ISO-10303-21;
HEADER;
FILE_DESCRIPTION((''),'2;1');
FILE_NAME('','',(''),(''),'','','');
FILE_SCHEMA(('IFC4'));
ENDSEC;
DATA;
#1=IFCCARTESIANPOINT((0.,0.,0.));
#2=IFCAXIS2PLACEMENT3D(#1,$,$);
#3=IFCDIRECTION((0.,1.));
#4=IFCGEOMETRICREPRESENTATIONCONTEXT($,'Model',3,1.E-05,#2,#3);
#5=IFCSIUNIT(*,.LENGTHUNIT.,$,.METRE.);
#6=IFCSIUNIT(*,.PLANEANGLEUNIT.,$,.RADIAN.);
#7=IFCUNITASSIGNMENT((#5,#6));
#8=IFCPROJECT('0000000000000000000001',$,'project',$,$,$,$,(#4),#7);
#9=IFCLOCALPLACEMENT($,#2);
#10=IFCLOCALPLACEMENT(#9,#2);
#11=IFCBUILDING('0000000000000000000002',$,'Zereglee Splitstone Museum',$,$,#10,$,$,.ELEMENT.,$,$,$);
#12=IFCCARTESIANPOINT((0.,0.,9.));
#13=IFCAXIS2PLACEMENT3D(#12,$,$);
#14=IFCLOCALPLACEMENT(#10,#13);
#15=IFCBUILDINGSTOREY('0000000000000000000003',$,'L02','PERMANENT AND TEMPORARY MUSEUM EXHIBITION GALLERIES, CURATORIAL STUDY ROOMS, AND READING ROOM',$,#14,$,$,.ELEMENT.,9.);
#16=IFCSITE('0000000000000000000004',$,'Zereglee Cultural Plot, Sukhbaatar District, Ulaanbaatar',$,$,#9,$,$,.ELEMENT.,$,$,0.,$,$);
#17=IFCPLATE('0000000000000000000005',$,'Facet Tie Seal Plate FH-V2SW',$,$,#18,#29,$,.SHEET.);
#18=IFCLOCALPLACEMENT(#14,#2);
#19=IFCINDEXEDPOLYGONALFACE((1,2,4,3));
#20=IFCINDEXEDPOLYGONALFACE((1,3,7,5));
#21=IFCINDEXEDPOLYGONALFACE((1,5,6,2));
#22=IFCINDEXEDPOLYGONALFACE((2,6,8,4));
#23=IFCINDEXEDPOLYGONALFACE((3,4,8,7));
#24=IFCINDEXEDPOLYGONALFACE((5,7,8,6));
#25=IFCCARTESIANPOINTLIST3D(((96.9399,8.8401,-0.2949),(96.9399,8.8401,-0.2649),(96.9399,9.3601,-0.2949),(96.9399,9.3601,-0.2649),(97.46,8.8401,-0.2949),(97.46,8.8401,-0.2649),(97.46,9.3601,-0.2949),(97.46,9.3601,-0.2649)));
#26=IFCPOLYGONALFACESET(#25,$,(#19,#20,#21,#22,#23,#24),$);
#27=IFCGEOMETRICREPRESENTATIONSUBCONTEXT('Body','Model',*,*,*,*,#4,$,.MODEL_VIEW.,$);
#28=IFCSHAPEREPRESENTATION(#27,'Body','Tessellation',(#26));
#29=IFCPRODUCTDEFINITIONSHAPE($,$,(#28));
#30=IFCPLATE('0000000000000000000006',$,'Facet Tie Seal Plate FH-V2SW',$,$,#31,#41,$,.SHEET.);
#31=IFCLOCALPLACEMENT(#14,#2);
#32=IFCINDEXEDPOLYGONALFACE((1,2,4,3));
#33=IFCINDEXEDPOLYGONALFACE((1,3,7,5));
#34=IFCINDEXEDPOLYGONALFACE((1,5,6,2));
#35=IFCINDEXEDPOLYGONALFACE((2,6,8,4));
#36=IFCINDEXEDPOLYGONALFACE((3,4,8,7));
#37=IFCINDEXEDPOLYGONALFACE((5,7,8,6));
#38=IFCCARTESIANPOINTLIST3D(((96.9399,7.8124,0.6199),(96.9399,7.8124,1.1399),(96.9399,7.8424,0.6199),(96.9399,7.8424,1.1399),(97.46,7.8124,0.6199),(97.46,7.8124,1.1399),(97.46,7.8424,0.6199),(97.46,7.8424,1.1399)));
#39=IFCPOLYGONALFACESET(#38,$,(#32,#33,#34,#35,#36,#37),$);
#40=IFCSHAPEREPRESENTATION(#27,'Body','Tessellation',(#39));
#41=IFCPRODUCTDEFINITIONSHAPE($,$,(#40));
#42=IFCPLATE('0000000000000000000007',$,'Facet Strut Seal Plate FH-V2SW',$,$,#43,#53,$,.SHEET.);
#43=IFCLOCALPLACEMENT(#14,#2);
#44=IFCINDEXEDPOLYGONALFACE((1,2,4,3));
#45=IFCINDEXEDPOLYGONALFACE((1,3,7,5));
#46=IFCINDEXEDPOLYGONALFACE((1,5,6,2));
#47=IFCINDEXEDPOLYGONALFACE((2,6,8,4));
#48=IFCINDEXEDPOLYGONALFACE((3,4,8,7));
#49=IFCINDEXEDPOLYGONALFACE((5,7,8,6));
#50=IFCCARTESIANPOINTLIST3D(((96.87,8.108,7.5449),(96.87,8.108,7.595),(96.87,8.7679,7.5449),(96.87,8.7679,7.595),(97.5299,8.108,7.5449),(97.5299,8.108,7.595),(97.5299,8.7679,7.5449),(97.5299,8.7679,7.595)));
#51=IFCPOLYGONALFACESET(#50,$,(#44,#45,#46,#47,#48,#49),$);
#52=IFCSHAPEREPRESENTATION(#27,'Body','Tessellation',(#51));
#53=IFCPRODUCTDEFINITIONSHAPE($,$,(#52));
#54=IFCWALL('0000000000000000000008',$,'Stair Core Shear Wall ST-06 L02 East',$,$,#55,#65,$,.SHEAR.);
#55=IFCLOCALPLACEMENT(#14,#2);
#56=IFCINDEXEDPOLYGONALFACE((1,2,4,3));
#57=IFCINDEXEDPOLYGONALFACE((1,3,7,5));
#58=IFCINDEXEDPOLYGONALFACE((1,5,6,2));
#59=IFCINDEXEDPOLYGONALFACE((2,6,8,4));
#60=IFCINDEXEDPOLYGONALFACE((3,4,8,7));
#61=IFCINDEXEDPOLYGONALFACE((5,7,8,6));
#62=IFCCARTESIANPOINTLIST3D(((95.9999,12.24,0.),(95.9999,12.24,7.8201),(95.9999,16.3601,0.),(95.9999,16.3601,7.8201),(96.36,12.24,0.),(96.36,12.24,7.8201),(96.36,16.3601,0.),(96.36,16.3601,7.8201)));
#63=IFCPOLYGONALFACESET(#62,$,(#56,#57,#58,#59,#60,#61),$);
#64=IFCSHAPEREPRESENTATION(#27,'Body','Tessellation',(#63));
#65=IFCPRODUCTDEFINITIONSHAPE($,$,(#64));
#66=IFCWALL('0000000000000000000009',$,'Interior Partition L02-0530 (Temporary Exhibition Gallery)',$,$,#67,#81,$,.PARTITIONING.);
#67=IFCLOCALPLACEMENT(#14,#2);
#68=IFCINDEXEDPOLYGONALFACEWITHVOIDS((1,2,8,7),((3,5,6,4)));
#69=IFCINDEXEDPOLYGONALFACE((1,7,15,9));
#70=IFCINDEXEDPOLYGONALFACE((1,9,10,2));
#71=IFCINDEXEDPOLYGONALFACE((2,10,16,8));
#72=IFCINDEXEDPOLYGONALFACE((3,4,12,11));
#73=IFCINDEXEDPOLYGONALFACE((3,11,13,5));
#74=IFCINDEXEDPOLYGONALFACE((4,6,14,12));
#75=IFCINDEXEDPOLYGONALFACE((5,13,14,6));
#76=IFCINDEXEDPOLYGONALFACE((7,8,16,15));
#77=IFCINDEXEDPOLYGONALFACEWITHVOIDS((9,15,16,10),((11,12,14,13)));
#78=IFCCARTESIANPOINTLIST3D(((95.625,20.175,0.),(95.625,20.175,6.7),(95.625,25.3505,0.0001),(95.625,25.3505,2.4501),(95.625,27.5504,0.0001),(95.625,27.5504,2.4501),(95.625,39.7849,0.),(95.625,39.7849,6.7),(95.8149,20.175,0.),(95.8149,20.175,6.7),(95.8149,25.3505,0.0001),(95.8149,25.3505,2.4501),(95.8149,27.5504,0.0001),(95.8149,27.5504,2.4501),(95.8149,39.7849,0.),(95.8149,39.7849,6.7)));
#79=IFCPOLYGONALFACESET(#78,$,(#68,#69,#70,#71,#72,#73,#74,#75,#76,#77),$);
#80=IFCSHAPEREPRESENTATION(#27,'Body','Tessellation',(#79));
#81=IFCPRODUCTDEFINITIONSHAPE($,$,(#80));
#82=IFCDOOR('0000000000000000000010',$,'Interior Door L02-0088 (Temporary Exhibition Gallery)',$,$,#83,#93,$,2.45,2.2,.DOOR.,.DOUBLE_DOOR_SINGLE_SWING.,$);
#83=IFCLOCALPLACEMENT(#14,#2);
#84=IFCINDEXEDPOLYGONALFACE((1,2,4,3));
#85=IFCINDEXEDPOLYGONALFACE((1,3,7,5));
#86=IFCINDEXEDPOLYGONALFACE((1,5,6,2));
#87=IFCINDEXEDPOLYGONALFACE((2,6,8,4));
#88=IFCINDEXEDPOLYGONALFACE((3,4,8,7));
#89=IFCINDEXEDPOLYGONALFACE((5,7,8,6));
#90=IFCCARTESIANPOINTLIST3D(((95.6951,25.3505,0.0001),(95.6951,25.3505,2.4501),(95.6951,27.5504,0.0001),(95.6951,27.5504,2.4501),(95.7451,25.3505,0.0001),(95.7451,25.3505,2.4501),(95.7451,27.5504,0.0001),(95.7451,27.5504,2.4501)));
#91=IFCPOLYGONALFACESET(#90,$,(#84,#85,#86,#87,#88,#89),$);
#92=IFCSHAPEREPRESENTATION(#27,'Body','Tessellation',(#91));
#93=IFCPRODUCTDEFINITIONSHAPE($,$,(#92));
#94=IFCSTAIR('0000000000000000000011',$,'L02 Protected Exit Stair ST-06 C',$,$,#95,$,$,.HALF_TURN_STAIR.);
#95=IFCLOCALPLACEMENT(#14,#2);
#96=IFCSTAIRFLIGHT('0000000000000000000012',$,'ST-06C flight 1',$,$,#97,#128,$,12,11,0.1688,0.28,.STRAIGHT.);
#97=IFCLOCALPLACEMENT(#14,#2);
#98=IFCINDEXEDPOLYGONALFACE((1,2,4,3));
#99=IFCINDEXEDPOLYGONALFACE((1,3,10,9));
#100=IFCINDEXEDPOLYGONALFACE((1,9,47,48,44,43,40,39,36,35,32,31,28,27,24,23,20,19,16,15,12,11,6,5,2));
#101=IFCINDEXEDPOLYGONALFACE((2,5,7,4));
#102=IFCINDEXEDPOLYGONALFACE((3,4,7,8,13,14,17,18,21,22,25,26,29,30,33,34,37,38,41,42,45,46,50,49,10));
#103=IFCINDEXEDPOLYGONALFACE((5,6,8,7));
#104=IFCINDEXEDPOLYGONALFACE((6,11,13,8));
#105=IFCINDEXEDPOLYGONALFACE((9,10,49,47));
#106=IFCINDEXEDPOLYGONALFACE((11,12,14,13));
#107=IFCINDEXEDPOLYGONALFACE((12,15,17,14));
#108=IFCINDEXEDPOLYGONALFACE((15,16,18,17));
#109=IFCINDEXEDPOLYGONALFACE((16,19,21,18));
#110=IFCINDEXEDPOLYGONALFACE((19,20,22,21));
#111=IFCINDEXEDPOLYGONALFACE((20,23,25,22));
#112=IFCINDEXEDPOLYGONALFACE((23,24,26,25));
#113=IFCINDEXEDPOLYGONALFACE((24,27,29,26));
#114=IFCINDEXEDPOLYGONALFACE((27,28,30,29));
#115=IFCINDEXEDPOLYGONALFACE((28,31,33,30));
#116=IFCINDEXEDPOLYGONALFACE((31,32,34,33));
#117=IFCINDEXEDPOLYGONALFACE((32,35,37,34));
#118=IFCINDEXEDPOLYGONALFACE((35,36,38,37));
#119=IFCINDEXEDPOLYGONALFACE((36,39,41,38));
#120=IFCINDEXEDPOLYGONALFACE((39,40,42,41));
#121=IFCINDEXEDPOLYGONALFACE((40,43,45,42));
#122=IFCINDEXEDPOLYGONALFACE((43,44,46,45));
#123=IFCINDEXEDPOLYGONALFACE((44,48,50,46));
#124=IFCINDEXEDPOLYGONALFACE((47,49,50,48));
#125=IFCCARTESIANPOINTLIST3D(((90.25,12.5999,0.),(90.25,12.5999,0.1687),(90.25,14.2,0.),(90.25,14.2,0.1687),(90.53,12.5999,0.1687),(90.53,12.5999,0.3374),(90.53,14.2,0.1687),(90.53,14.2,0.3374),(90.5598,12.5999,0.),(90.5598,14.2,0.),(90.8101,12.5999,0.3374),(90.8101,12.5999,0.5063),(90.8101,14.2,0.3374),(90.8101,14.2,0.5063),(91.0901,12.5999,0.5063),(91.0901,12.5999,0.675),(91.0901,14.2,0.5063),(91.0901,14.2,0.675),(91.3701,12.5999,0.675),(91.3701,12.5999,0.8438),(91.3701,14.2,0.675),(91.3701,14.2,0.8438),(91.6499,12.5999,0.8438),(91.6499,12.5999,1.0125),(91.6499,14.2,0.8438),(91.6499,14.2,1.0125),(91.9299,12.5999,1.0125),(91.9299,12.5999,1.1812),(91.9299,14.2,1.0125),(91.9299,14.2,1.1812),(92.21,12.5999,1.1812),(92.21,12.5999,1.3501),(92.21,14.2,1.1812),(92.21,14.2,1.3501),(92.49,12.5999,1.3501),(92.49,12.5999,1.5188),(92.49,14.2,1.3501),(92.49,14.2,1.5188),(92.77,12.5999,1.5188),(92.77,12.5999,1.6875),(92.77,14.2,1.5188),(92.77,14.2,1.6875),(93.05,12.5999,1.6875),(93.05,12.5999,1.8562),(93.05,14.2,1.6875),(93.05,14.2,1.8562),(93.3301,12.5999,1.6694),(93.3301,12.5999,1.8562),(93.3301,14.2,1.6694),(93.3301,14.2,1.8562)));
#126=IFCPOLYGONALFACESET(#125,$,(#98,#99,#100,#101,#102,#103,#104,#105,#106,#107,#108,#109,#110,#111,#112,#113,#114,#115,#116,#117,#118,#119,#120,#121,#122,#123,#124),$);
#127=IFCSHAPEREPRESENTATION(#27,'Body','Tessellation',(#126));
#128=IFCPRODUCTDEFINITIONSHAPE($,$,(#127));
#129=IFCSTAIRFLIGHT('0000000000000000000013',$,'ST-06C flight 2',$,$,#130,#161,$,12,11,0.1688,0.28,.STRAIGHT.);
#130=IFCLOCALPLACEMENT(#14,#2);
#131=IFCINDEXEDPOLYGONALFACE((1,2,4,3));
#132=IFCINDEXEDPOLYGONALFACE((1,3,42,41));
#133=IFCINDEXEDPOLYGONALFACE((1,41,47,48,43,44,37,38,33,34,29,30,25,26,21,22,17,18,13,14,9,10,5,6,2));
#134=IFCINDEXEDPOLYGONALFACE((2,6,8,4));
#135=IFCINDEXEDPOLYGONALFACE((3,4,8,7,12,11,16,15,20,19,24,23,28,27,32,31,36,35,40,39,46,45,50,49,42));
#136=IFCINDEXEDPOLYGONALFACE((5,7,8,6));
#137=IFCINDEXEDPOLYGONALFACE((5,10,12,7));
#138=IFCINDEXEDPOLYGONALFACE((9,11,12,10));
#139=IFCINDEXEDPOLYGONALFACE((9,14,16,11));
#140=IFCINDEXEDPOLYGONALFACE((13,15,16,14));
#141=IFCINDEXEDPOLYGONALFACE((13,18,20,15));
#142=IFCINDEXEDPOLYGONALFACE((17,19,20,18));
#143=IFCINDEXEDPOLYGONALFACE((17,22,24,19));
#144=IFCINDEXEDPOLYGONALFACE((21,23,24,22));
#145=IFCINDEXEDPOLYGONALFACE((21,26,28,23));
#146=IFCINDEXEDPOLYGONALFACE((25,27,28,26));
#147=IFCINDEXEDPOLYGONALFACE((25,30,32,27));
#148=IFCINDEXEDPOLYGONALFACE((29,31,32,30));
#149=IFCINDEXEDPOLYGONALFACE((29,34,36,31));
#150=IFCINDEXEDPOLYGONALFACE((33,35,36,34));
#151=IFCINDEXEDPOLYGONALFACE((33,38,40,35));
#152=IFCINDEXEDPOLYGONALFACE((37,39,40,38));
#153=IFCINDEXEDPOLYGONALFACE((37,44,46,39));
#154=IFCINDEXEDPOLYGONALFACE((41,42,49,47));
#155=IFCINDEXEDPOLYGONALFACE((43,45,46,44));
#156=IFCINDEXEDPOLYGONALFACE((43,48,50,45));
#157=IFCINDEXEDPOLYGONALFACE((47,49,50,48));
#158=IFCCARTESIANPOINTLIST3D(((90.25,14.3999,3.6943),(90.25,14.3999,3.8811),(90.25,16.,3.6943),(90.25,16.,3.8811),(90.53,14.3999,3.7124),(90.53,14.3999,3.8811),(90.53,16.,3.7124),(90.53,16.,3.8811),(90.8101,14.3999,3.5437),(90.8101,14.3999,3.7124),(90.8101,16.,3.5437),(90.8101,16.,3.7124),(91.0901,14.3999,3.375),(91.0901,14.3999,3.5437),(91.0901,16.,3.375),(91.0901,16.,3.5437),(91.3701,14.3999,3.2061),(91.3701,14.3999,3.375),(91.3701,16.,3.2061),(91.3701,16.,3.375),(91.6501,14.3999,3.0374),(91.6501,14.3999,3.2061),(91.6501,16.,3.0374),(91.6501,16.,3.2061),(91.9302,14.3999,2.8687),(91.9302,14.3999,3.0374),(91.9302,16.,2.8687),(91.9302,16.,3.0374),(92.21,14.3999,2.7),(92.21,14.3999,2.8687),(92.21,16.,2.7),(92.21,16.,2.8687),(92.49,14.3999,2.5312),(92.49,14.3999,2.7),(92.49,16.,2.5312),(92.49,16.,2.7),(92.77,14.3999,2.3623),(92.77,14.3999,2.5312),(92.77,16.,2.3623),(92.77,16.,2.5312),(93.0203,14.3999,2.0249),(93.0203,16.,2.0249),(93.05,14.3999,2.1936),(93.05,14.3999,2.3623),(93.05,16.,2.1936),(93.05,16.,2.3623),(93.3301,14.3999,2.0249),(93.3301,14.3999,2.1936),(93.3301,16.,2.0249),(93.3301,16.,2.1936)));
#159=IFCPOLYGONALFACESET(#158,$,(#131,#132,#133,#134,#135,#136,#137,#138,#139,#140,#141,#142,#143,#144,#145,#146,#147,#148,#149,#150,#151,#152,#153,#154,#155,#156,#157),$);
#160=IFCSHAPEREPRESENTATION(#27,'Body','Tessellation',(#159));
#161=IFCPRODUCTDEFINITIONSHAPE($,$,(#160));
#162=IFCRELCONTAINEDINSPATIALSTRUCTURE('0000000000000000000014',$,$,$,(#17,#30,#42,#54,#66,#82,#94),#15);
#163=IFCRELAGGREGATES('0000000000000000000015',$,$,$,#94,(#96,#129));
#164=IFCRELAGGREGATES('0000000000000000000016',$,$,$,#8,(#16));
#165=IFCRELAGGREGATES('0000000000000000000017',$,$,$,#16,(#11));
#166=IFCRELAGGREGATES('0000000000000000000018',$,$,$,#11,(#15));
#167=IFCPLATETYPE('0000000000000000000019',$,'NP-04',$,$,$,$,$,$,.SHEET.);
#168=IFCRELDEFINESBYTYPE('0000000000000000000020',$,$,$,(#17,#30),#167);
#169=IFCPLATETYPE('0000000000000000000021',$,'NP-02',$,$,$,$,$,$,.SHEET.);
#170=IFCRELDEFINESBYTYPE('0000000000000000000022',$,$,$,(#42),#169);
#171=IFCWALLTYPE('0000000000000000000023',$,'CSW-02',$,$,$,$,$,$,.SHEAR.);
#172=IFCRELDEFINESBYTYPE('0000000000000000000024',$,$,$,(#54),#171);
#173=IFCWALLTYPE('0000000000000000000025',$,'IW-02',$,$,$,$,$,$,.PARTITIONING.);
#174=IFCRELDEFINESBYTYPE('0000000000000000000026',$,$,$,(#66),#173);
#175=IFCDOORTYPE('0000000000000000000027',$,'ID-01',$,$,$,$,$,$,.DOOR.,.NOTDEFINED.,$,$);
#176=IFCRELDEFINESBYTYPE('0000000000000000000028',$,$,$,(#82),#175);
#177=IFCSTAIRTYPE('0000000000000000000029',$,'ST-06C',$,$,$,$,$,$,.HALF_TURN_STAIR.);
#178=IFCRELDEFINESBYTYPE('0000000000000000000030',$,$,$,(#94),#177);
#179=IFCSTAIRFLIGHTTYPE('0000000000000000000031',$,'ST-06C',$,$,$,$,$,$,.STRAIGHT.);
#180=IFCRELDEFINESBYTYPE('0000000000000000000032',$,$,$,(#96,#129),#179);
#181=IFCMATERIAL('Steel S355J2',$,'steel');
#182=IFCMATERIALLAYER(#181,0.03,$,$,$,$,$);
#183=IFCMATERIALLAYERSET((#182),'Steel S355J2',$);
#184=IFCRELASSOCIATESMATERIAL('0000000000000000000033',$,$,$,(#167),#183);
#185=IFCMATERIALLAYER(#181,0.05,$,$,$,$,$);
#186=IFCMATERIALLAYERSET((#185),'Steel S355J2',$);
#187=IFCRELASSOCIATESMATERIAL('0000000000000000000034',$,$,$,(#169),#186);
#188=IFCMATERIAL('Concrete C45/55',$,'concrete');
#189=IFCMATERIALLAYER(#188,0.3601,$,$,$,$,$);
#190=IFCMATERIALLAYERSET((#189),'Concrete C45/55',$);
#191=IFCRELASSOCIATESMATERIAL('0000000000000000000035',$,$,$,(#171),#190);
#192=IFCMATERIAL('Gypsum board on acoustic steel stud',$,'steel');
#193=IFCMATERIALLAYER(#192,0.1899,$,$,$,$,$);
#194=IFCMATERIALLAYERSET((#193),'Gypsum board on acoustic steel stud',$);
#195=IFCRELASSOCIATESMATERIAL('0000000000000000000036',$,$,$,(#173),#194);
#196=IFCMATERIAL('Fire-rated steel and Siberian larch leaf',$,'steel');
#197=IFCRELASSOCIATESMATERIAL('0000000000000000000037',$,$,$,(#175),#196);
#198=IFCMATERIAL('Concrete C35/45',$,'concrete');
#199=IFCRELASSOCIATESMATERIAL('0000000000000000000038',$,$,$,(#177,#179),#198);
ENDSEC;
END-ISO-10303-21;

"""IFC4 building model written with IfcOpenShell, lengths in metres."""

from ifc_helpers import new_model, si_unit, direction, frame, frame_2d, origin, origin_2d, place, context, subcontext, project, spatial, polyline, rectangle, outline, extrude, material, layer, layer_set, type_object, element, fill, aggregate, save


model = new_model("IFC4")

# Units and contexts
model_context = context("Model", 3, precision=1e-05, world=origin(), true_north=direction((0.0, 1.0)))
body_context = subcontext(model_context, "Body", "Model", "MODEL_VIEW")
ifc_project = project(units=[si_unit("LENGTHUNIT", "METRE"), si_unit("PLANEANGLEUNIT", "RADIAN")], contexts=[model_context])

# Site, building, storey
site_placement = place(None, origin())
site = spatial("IfcSite", under=ifc_project, at=site_placement, Name="Zereglee Cultural Plot, Sukhbaatar District, Ulaanbaatar", CompositionType="ELEMENT", RefElevation=0.0)
building_placement = place(site_placement, origin())
building = spatial("IfcBuilding", under=site, at=building_placement, Name="Zereglee Splitstone Museum", CompositionType="ELEMENT")
storey_placement = place(building_placement, frame((0.0, 0.0, 9.0)))
storey = spatial("IfcBuildingStorey", under=building, at=storey_placement, Name="L02", Description="PERMANENT AND TEMPORARY MUSEUM EXHIBITION GALLERIES, CURATORIAL STUDY ROOMS, AND READING ROOM", CompositionType="ELEMENT", Elevation=9.0)

# Shared definitions
ifc_material_1 = material(Name="Steel S355J2", Category="steel")

# Plates
ifc_layer_1 = layer(ifc_material_1, 0.03)
ifc_layer_set_1 = layer_set([ifc_layer_1], Name="Steel S355J2")
plate_type_1 = type_object("IfcPlateType", Name="NP-04", PredefinedType="SHEET", material=ifc_layer_set_1)
plate_1_placement = place(storey_placement, frame((97.2, 9.1001, -0.2949), z_axis=(0.0, 0.0, 1.0), x_axis=(1.0, 0.0, 0.0)))
element("IfcPlate", 1, at=plate_1_placement, inside=storey, type_object=plate_type_1, Name="Facet Tie Seal Plate FH-V2SW", PredefinedType="SHEET", context=body_context, shape_type="SweptSolid", body=[
    extrude(rectangle(XDim=0.52, YDim=0.52, at=origin_2d()), origin(), (0.0, 0.0, 1.0), 0.03),
])
plate_2_placement = place(storey_placement, frame((97.2, 7.8274, 0.6199), z_axis=(0.0, 0.0, 1.0), x_axis=(1.0, 0.0, 0.0)))
element("IfcPlate", 2, at=plate_2_placement, inside=storey, type_object=plate_type_1, Name="Facet Tie Seal Plate FH-V2SW", PredefinedType="SHEET", context=body_context, shape_type="SweptSolid", body=[
    extrude(rectangle(XDim=0.52, YDim=0.03, at=origin_2d()), origin(), (0.0, 0.0, 1.0), 0.52),
])
ifc_layer_2 = layer(ifc_material_1, 0.05)
ifc_layer_set_2 = layer_set([ifc_layer_2], Name="Steel S355J2")
plate_type_2 = type_object("IfcPlateType", Name="NP-02", PredefinedType="SHEET", material=ifc_layer_set_2)
plate_3_placement = place(storey_placement, frame((97.2, 8.438, 7.5449), z_axis=(0.0, 0.0, 1.0), x_axis=(1.0, 0.0, 0.0)))
element("IfcPlate", 3, at=plate_3_placement, inside=storey, type_object=plate_type_2, Name="Facet Strut Seal Plate FH-V2SW", PredefinedType="SHEET", context=body_context, shape_type="SweptSolid", body=[
    extrude(rectangle(XDim=0.6599, YDim=0.6599, at=origin_2d()), origin(), (0.0, 0.0, 1.0), 0.05),
])

# Wall
ifc_material_2 = material(Name="Concrete C45/55", Category="concrete")
ifc_layer_3 = layer(ifc_material_2, 0.3601)
ifc_layer_set_3 = layer_set([ifc_layer_3], Name="Concrete C45/55")
wall_type_1 = type_object("IfcWallType", Name="CSW-02", PredefinedType="SHEAR", material=ifc_layer_set_3)
wall_1_placement = place(storey_placement, frame((96.1799, 12.24, 0.0), z_axis=(0.0, 0.0, 1.0), x_axis=(0.0, 1.0, 0.0)))
element("IfcWall", 4, at=wall_1_placement, inside=storey, type_object=wall_type_1, Name="Stair Core Shear Wall ST-06 L02 East", PredefinedType="SHEAR", context=body_context, shape_type="SweptSolid", body=[
    extrude(rectangle(XDim=4.1201, YDim=0.3601, at=frame_2d((2.0601, 0.0))), origin(), (0.0, 0.0, 1.0), 7.8201),
])

# Wall, opening, door
ifc_material_3 = material(Name="Gypsum board on acoustic steel stud", Category="steel")
ifc_layer_4 = layer(ifc_material_3, 0.1899)
ifc_layer_set_4 = layer_set([ifc_layer_4], Name="Gypsum board on acoustic steel stud")
wall_type_2 = type_object("IfcWallType", Name="IW-02", PredefinedType="PARTITIONING", material=ifc_layer_set_4)
wall_2_placement = place(storey_placement, frame((95.72, 20.175, 0.0), z_axis=(0.0, 0.0, 1.0), x_axis=(0.0, 1.0, 0.0)))
wall_2 = element("IfcWall", 5, at=wall_2_placement, inside=storey, type_object=wall_type_2, Name="Interior Partition L02-0530 (Temporary Exhibition Gallery)", PredefinedType="PARTITIONING", context=body_context, shape_type="SweptSolid", body=[
    extrude(rectangle(XDim=19.6099, YDim=0.1899, at=frame_2d((9.8049, 0.0))), origin(), (0.0, 0.0, 1.0), 6.7),
])
opening_placement = place(wall_2_placement, frame((5.1753, 0.0, 0.0)))
opening = element("IfcOpeningElement", 6, at=opening_placement, cuts=wall_2, PredefinedType="OPENING", context=body_context, shape_type="SweptSolid", body=[
    extrude(rectangle(XDim=2.2, YDim=2.45, at=frame_2d((1.1001, 1.2251))), frame((0.0, 0.1099, 0.0), z_axis=(0.0, -1.0, 0.0), x_axis=(1.0, 0.0, 0.0)), (0.0, 0.0, 1.0), 0.2197),
])
ifc_material_4 = material(Name="Fire-rated steel and Siberian larch leaf", Category="steel")
door_type = type_object("IfcDoorType", Name="ID-01", OperationType="NOTDEFINED", PredefinedType="DOOR", material=ifc_material_4)
door_placement = place(opening_placement, origin())
door = element("IfcDoor", 7, at=door_placement, inside=storey, type_object=door_type, Name="Interior Door L02-0088 (Temporary Exhibition Gallery)", OperationType="DOUBLE_DOOR_SINGLE_SWING", OverallHeight=2.45, OverallWidth=2.2, PredefinedType="DOOR", context=body_context, shape_type="SweptSolid", body=[
    extrude(rectangle(XDim=2.2, YDim=2.45, at=frame_2d((1.1001, 1.2251))), frame((0.0, 0.0249, 0.0), z_axis=(0.0, -1.0, 0.0), x_axis=(1.0, 0.0, 0.0)), (0.0, 0.0, 1.0), 0.05),
])
fill(opening, door)

# Stair, stair flights
ifc_material_5 = material(Name="Concrete C35/45", Category="concrete")
stair_type = type_object("IfcStairType", Name="ST-06C", PredefinedType="HALF_TURN_STAIR", material=ifc_material_5)
stair_placement = place(storey_placement, origin())
stair = element("IfcStair", 8, at=stair_placement, inside=storey, type_object=stair_type, Name="L02 Protected Exit Stair ST-06 C", PredefinedType="HALF_TURN_STAIR")
stair_flight_type = type_object("IfcStairFlightType", Name="ST-06C", PredefinedType="STRAIGHT", material=ifc_material_5)
stair_flight_1_placement = place(storey_placement, frame((90.25, 13.3999, 0.0), z_axis=(0.0, 0.0, 1.0), x_axis=(1.0, 0.0, 0.0)))
stair_flight_1 = element("IfcStairFlight", 9, at=stair_flight_1_placement, type_object=stair_flight_type, Name="ST-06C flight 1", NumberOfRisers=12, NumberOfTreads=11, PredefinedType="STRAIGHT", RiserHeight=0.1688, TreadLength=0.28, context=body_context, shape_type="SweptSolid", body=[
    extrude(outline(polyline([(0.0, 0.0), (0.0, 0.1687), (0.28, 0.1687), (0.28, 0.3374), (0.5601, 0.3374), (0.5601, 0.5063), (0.8401, 0.5063), (0.8401, 0.675), (1.1201, 0.675), (1.1201, 0.8438), (1.3999, 0.8438), (1.3999, 1.0125), (1.6799, 1.0125), (1.6799, 1.1812), (1.96, 1.1812), (1.96, 1.3501), (2.24, 1.3501), (2.24, 1.5188), (2.52, 1.5188), (2.52, 1.6875), (2.8, 1.6875), (2.8, 1.8562), (3.0801, 1.8562), (3.0801, 2.0249), (3.0801, 1.6694), (0.3098, 0.0), (0.0, 0.0)])), frame((0.0, 0.8, 0.0), z_axis=(0.0, -1.0, 0.0), x_axis=(1.0, 0.0, 0.0)), (0.0, 0.0, 1.0), 1.6001),
])
stair_flight_2_placement = place(storey_placement, frame((93.3301, 15.2, 2.0249), z_axis=(0.0, 0.0, 1.0), x_axis=(-1.0, 0.0, 0.0)))
stair_flight_2 = element("IfcStairFlight", 10, at=stair_flight_2_placement, type_object=stair_flight_type, Name="ST-06C flight 2", NumberOfRisers=12, NumberOfTreads=11, PredefinedType="STRAIGHT", RiserHeight=0.1688, TreadLength=0.28, context=body_context, shape_type="SweptSolid", body=[
    extrude(outline(polyline([(0.0, 0.0), (0.0, 0.1687), (0.28, 0.1687), (0.28, 0.3374), (0.5601, 0.3374), (0.5601, 0.5063), (0.8401, 0.5063), (0.8401, 0.675), (1.1201, 0.675), (1.1201, 0.8438), (1.3999, 0.8438), (1.3999, 1.0125), (1.6799, 1.0125), (1.6799, 1.1812), (1.96, 1.1812), (1.96, 1.3501), (2.24, 1.3501), (2.24, 1.5188), (2.52, 1.5188), (2.52, 1.6875), (2.8, 1.6875), (2.8, 1.8562), (3.0801, 1.8562), (3.0801, 2.0249), (3.0801, 1.6694), (0.3098, 0.0), (0.0, 0.0)])), frame((0.0, 0.8, 0.0), z_axis=(0.0, -1.0, 0.0), x_axis=(1.0, 0.0, 0.0)), (0.0, 0.0, 1.0), 1.6001),
])
aggregate(stair, [stair_flight_1, stair_flight_2])

save(model, "model.ifc")
